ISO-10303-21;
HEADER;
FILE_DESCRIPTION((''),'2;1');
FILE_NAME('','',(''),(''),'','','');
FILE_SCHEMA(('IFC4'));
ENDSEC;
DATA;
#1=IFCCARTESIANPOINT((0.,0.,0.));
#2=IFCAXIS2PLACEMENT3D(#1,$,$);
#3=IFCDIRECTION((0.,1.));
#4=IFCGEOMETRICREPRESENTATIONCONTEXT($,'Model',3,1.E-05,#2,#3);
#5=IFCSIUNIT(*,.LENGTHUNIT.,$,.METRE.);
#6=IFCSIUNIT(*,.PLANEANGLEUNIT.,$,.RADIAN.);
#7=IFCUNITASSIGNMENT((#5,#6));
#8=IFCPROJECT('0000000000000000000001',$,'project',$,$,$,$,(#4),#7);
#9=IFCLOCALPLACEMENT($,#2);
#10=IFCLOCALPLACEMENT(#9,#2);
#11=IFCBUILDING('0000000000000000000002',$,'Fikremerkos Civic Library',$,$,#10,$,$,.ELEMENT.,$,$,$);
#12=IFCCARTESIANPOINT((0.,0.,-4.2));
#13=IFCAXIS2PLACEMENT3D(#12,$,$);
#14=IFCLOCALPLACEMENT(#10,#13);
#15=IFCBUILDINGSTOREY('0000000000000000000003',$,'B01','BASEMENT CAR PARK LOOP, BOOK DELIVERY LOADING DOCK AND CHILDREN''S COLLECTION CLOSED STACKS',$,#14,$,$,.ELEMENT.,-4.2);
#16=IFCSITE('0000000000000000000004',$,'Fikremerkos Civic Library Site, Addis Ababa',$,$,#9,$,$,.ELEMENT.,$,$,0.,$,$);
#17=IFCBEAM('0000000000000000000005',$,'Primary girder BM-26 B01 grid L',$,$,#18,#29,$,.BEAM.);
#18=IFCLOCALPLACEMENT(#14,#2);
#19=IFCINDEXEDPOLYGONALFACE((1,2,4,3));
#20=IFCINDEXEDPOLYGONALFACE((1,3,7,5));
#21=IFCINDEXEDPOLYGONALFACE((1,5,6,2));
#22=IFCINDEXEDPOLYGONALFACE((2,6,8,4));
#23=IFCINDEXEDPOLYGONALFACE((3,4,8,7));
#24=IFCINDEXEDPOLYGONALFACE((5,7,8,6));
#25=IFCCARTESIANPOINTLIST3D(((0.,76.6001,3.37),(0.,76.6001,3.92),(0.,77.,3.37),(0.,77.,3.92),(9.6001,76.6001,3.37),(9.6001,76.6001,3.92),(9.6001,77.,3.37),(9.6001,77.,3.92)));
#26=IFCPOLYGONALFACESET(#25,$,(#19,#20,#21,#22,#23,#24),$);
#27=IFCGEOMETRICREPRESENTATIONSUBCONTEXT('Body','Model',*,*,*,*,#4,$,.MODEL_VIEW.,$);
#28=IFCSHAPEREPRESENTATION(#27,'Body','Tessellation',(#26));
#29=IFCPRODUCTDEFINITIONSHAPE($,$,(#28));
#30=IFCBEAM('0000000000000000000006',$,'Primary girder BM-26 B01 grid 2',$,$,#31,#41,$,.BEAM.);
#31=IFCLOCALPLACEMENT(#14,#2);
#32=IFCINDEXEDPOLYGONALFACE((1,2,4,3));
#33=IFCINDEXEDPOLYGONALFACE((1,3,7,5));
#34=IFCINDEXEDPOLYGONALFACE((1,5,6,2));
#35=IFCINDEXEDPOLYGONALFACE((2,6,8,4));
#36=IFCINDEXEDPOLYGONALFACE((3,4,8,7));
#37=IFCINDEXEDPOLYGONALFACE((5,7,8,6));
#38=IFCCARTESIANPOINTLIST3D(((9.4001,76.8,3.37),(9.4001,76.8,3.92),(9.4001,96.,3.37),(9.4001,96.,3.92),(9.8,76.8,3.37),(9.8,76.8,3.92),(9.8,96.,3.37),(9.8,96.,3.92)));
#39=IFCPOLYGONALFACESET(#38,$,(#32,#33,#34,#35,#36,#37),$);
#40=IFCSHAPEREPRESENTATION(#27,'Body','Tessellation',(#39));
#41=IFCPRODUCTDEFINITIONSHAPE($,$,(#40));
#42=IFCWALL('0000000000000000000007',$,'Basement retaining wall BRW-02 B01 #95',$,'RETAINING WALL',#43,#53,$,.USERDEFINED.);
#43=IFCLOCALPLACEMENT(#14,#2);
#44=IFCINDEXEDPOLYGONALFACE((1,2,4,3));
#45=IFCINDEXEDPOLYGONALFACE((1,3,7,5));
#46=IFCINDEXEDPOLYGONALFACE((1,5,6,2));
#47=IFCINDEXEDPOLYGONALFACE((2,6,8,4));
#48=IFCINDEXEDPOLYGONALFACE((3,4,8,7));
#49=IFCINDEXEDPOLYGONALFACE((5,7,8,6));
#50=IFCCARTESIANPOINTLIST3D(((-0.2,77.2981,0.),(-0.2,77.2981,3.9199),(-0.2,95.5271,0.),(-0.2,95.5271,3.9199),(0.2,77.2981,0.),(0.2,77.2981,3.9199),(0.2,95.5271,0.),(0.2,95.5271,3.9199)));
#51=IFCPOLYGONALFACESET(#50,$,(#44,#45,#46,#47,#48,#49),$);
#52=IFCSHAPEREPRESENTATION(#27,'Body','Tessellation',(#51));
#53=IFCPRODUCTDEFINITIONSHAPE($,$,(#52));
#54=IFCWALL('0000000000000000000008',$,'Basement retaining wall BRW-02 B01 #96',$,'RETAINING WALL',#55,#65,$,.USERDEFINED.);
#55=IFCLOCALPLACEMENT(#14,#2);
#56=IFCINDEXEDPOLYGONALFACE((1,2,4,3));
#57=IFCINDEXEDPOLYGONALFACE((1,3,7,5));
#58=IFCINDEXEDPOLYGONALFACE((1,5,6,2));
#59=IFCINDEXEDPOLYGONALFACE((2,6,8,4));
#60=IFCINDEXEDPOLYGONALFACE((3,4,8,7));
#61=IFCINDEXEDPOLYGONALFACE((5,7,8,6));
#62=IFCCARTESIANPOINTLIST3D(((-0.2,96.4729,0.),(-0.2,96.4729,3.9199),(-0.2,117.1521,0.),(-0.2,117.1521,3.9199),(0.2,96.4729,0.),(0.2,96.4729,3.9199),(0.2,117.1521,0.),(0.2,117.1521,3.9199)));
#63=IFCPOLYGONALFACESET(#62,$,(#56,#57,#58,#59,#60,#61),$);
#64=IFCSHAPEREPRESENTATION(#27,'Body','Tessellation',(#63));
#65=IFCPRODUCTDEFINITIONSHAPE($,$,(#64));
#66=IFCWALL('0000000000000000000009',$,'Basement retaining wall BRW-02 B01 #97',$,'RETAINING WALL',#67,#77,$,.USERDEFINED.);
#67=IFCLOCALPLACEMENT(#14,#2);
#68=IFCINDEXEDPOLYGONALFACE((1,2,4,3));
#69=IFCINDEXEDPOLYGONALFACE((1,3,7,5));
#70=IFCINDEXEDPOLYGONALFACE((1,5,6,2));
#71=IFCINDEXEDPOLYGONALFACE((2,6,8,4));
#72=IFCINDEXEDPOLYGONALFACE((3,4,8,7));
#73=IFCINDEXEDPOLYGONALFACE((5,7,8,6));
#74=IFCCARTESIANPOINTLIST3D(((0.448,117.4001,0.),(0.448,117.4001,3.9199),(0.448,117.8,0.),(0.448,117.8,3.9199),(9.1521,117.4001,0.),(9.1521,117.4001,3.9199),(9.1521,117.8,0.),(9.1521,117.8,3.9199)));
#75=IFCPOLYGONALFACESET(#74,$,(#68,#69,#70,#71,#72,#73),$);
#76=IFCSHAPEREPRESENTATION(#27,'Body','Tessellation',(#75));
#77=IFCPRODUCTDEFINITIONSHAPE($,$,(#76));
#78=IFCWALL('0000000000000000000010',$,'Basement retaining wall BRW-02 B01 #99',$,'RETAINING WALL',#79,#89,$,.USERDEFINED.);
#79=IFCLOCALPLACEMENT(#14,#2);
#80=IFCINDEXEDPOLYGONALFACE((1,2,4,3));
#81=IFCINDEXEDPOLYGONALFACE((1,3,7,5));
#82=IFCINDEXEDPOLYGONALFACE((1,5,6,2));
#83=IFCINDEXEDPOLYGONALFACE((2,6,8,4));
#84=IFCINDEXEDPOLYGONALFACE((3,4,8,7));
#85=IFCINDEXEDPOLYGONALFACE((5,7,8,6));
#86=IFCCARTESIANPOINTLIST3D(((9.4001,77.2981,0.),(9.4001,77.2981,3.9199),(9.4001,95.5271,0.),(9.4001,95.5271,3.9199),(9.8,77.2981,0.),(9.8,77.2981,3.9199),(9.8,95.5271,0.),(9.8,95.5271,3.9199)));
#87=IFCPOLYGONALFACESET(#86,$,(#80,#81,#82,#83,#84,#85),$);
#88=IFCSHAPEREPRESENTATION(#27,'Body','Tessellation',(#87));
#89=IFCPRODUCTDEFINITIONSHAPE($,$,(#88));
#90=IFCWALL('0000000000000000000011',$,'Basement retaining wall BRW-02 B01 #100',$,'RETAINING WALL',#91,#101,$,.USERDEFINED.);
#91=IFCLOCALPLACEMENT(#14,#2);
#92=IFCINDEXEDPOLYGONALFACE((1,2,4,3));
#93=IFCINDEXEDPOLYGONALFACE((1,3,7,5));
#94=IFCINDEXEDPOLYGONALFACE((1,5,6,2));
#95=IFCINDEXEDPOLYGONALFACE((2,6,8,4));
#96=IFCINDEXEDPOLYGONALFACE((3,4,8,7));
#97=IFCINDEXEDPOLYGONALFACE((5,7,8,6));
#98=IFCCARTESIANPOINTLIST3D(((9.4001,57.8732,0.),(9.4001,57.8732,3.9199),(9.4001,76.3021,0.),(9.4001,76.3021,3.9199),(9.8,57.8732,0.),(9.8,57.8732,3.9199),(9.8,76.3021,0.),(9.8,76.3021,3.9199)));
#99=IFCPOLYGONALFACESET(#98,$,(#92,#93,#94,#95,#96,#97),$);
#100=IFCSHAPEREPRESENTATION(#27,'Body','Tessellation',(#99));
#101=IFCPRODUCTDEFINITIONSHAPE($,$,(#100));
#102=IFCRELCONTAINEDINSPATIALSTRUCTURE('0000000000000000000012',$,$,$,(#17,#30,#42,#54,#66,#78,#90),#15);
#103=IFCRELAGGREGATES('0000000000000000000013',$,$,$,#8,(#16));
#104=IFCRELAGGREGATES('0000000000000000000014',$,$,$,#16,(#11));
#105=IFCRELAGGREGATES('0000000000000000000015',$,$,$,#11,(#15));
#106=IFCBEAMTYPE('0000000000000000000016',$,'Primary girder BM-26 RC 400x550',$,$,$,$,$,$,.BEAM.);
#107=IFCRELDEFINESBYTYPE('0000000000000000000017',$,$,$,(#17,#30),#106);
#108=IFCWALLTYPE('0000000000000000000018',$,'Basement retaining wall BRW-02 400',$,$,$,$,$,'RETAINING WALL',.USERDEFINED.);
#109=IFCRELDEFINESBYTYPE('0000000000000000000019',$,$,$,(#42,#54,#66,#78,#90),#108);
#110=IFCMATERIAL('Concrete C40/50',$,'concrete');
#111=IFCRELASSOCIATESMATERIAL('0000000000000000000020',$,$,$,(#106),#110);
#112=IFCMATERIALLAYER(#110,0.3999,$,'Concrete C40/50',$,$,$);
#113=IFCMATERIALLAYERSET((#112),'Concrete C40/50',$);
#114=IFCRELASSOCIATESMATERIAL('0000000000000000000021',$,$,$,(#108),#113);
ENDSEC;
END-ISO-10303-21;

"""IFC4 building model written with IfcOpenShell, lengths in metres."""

from ifc_helpers import new_model, si_unit, direction, frame, frame_2d, origin, origin_2d, place, context, subcontext, project, spatial, rectangle, extrude, material, layer, layer_set, material_profile, profile_set, type_object, element, save


model = new_model("IFC4")

# Units and contexts
model_context = context("Model", 3, precision=1e-05, world=origin(), true_north=direction((0.0, 1.0)))
body_context = subcontext(model_context, "Body", "Model", "MODEL_VIEW")
ifc_project = project(units=[si_unit("LENGTHUNIT", "METRE"), si_unit("PLANEANGLEUNIT", "RADIAN")], contexts=[model_context])

# Site, building, storey
site_placement = place(None, origin())
site = spatial("IfcSite", under=ifc_project, at=site_placement, Name="Fikremerkos Civic Library Site, Addis Ababa", CompositionType="ELEMENT", RefElevation=0.0)
building_placement = place(site_placement, origin())
building = spatial("IfcBuilding", under=site, at=building_placement, Name="Fikremerkos Civic Library", CompositionType="ELEMENT")
storey_placement = place(building_placement, frame((0.0, 0.0, -4.2)))
storey = spatial("IfcBuildingStorey", under=building, at=storey_placement, Name="B01", Description="BASEMENT CAR PARK LOOP, BOOK DELIVERY LOADING DOCK AND CHILDREN'S COLLECTION CLOSED STACKS", CompositionType="ELEMENT", Elevation=-4.2)

# Beams
ifc_material_1 = material(Name="Concrete C40/50", Category="concrete")
ifc_material_profile_1 = material_profile(ifc_material_1, rectangle(XDim=0.3999, YDim=0.55, at=origin_2d()), Name="RC 400x550")
ifc_profile_set_1 = profile_set([ifc_material_profile_1], Name="Concrete C40/50")
beam_type_1 = type_object("IfcBeamType", Name="Primary girder BM-26 RC 400x550", PredefinedType="BEAM", material=ifc_profile_set_1)
beam_1_placement = place(storey_placement, frame((0.0, 76.8, 3.645), z_axis=(1.0, 0.0, 0.0), x_axis=(0.0, 1.0, 0.0)))
element("IfcBeam", 1, at=beam_1_placement, inside=storey, type_object=beam_type_1, Name="Primary girder BM-26 B01 grid L", PredefinedType="BEAM", context=body_context, shape_type="SweptSolid", body=[
    extrude(rectangle(XDim=0.3999, YDim=0.55, at=origin_2d()), origin(), (0.0, 0.0, 1.0), 9.6001),
])
beam_2_placement = place(storey_placement, frame((9.6001, 76.8, 3.645), z_axis=(0.0, 1.0, 0.0), x_axis=(-1.0, 0.0, 0.0)))
element("IfcBeam", 2, at=beam_2_placement, inside=storey, type_object=beam_type_1, Name="Primary girder BM-26 B01 grid 2", PredefinedType="BEAM", context=body_context, shape_type="SweptSolid", body=[
    extrude(rectangle(XDim=0.3999, YDim=0.55, at=origin_2d()), origin(), (0.0, 0.0, 1.0), 19.2),
])

# Walls
ifc_layer = layer(ifc_material_1, 0.3999, Name="Concrete C40/50")
ifc_layer_set = layer_set([ifc_layer], Name="Concrete C40/50")
wall_type = type_object("IfcWallType", Name="Basement retaining wall BRW-02 400", ElementType="RETAINING WALL", PredefinedType="USERDEFINED", material=ifc_layer_set)
wall_1_placement = place(storey_placement, frame((0.0, 77.2981, 0.0), z_axis=(0.0, 0.0, 1.0), x_axis=(0.0, 1.0, 0.0)))
element("IfcWall", 3, at=wall_1_placement, inside=storey, type_object=wall_type, Name="Basement retaining wall BRW-02 B01 #95", ObjectType="RETAINING WALL", PredefinedType="USERDEFINED", context=body_context, shape_type="SweptSolid", body=[
    extrude(rectangle(XDim=18.229, YDim=0.3999, at=frame_2d((9.1145, 0.0))), origin(), (0.0, 0.0, 1.0), 3.9199),
])
wall_2_placement = place(storey_placement, frame((0.0, 96.4729, 0.0), z_axis=(0.0, 0.0, 1.0), x_axis=(0.0, 1.0, 0.0)))
element("IfcWall", 4, at=wall_2_placement, inside=storey, type_object=wall_type, Name="Basement retaining wall BRW-02 B01 #96", ObjectType="RETAINING WALL", PredefinedType="USERDEFINED", context=body_context, shape_type="SweptSolid", body=[
    extrude(rectangle(XDim=20.6792, YDim=0.3999, at=frame_2d((10.3396, 0.0))), origin(), (0.0, 0.0, 1.0), 3.9199),
])
wall_3_placement = place(storey_placement, frame((0.448, 117.6001, 0.0), z_axis=(0.0, 0.0, 1.0), x_axis=(1.0, 0.0, 0.0)))
element("IfcWall", 5, at=wall_3_placement, inside=storey, type_object=wall_type, Name="Basement retaining wall BRW-02 B01 #97", ObjectType="RETAINING WALL", PredefinedType="USERDEFINED", context=body_context, shape_type="SweptSolid", body=[
    extrude(rectangle(XDim=8.7041, YDim=0.3999, at=frame_2d((4.3521, 0.0))), origin(), (0.0, 0.0, 1.0), 3.9199),
])
wall_4_placement = place(storey_placement, frame((9.6001, 95.5271, 0.0), z_axis=(0.0, 0.0, 1.0), x_axis=(0.0, -1.0, 0.0)))
element("IfcWall", 6, at=wall_4_placement, inside=storey, type_object=wall_type, Name="Basement retaining wall BRW-02 B01 #99", ObjectType="RETAINING WALL", PredefinedType="USERDEFINED", context=body_context, shape_type="SweptSolid", body=[
    extrude(rectangle(XDim=18.229, YDim=0.3999, at=frame_2d((9.1145, 0.0))), origin(), (0.0, 0.0, 1.0), 3.9199),
])
wall_5_placement = place(storey_placement, frame((9.6001, 76.302, 0.0), z_axis=(0.0, 0.0, 1.0), x_axis=(0.0, -1.0, 0.0)))
element("IfcWall", 7, at=wall_5_placement, inside=storey, type_object=wall_type, Name="Basement retaining wall BRW-02 B01 #100", ObjectType="RETAINING WALL", PredefinedType="USERDEFINED", context=body_context, shape_type="SweptSolid", body=[
    extrude(rectangle(XDim=18.429, YDim=0.3999, at=frame_2d((9.2144, 0.0))), origin(), (0.0, 0.0, 1.0), 3.9199),
])

save(model, "model.ifc")
